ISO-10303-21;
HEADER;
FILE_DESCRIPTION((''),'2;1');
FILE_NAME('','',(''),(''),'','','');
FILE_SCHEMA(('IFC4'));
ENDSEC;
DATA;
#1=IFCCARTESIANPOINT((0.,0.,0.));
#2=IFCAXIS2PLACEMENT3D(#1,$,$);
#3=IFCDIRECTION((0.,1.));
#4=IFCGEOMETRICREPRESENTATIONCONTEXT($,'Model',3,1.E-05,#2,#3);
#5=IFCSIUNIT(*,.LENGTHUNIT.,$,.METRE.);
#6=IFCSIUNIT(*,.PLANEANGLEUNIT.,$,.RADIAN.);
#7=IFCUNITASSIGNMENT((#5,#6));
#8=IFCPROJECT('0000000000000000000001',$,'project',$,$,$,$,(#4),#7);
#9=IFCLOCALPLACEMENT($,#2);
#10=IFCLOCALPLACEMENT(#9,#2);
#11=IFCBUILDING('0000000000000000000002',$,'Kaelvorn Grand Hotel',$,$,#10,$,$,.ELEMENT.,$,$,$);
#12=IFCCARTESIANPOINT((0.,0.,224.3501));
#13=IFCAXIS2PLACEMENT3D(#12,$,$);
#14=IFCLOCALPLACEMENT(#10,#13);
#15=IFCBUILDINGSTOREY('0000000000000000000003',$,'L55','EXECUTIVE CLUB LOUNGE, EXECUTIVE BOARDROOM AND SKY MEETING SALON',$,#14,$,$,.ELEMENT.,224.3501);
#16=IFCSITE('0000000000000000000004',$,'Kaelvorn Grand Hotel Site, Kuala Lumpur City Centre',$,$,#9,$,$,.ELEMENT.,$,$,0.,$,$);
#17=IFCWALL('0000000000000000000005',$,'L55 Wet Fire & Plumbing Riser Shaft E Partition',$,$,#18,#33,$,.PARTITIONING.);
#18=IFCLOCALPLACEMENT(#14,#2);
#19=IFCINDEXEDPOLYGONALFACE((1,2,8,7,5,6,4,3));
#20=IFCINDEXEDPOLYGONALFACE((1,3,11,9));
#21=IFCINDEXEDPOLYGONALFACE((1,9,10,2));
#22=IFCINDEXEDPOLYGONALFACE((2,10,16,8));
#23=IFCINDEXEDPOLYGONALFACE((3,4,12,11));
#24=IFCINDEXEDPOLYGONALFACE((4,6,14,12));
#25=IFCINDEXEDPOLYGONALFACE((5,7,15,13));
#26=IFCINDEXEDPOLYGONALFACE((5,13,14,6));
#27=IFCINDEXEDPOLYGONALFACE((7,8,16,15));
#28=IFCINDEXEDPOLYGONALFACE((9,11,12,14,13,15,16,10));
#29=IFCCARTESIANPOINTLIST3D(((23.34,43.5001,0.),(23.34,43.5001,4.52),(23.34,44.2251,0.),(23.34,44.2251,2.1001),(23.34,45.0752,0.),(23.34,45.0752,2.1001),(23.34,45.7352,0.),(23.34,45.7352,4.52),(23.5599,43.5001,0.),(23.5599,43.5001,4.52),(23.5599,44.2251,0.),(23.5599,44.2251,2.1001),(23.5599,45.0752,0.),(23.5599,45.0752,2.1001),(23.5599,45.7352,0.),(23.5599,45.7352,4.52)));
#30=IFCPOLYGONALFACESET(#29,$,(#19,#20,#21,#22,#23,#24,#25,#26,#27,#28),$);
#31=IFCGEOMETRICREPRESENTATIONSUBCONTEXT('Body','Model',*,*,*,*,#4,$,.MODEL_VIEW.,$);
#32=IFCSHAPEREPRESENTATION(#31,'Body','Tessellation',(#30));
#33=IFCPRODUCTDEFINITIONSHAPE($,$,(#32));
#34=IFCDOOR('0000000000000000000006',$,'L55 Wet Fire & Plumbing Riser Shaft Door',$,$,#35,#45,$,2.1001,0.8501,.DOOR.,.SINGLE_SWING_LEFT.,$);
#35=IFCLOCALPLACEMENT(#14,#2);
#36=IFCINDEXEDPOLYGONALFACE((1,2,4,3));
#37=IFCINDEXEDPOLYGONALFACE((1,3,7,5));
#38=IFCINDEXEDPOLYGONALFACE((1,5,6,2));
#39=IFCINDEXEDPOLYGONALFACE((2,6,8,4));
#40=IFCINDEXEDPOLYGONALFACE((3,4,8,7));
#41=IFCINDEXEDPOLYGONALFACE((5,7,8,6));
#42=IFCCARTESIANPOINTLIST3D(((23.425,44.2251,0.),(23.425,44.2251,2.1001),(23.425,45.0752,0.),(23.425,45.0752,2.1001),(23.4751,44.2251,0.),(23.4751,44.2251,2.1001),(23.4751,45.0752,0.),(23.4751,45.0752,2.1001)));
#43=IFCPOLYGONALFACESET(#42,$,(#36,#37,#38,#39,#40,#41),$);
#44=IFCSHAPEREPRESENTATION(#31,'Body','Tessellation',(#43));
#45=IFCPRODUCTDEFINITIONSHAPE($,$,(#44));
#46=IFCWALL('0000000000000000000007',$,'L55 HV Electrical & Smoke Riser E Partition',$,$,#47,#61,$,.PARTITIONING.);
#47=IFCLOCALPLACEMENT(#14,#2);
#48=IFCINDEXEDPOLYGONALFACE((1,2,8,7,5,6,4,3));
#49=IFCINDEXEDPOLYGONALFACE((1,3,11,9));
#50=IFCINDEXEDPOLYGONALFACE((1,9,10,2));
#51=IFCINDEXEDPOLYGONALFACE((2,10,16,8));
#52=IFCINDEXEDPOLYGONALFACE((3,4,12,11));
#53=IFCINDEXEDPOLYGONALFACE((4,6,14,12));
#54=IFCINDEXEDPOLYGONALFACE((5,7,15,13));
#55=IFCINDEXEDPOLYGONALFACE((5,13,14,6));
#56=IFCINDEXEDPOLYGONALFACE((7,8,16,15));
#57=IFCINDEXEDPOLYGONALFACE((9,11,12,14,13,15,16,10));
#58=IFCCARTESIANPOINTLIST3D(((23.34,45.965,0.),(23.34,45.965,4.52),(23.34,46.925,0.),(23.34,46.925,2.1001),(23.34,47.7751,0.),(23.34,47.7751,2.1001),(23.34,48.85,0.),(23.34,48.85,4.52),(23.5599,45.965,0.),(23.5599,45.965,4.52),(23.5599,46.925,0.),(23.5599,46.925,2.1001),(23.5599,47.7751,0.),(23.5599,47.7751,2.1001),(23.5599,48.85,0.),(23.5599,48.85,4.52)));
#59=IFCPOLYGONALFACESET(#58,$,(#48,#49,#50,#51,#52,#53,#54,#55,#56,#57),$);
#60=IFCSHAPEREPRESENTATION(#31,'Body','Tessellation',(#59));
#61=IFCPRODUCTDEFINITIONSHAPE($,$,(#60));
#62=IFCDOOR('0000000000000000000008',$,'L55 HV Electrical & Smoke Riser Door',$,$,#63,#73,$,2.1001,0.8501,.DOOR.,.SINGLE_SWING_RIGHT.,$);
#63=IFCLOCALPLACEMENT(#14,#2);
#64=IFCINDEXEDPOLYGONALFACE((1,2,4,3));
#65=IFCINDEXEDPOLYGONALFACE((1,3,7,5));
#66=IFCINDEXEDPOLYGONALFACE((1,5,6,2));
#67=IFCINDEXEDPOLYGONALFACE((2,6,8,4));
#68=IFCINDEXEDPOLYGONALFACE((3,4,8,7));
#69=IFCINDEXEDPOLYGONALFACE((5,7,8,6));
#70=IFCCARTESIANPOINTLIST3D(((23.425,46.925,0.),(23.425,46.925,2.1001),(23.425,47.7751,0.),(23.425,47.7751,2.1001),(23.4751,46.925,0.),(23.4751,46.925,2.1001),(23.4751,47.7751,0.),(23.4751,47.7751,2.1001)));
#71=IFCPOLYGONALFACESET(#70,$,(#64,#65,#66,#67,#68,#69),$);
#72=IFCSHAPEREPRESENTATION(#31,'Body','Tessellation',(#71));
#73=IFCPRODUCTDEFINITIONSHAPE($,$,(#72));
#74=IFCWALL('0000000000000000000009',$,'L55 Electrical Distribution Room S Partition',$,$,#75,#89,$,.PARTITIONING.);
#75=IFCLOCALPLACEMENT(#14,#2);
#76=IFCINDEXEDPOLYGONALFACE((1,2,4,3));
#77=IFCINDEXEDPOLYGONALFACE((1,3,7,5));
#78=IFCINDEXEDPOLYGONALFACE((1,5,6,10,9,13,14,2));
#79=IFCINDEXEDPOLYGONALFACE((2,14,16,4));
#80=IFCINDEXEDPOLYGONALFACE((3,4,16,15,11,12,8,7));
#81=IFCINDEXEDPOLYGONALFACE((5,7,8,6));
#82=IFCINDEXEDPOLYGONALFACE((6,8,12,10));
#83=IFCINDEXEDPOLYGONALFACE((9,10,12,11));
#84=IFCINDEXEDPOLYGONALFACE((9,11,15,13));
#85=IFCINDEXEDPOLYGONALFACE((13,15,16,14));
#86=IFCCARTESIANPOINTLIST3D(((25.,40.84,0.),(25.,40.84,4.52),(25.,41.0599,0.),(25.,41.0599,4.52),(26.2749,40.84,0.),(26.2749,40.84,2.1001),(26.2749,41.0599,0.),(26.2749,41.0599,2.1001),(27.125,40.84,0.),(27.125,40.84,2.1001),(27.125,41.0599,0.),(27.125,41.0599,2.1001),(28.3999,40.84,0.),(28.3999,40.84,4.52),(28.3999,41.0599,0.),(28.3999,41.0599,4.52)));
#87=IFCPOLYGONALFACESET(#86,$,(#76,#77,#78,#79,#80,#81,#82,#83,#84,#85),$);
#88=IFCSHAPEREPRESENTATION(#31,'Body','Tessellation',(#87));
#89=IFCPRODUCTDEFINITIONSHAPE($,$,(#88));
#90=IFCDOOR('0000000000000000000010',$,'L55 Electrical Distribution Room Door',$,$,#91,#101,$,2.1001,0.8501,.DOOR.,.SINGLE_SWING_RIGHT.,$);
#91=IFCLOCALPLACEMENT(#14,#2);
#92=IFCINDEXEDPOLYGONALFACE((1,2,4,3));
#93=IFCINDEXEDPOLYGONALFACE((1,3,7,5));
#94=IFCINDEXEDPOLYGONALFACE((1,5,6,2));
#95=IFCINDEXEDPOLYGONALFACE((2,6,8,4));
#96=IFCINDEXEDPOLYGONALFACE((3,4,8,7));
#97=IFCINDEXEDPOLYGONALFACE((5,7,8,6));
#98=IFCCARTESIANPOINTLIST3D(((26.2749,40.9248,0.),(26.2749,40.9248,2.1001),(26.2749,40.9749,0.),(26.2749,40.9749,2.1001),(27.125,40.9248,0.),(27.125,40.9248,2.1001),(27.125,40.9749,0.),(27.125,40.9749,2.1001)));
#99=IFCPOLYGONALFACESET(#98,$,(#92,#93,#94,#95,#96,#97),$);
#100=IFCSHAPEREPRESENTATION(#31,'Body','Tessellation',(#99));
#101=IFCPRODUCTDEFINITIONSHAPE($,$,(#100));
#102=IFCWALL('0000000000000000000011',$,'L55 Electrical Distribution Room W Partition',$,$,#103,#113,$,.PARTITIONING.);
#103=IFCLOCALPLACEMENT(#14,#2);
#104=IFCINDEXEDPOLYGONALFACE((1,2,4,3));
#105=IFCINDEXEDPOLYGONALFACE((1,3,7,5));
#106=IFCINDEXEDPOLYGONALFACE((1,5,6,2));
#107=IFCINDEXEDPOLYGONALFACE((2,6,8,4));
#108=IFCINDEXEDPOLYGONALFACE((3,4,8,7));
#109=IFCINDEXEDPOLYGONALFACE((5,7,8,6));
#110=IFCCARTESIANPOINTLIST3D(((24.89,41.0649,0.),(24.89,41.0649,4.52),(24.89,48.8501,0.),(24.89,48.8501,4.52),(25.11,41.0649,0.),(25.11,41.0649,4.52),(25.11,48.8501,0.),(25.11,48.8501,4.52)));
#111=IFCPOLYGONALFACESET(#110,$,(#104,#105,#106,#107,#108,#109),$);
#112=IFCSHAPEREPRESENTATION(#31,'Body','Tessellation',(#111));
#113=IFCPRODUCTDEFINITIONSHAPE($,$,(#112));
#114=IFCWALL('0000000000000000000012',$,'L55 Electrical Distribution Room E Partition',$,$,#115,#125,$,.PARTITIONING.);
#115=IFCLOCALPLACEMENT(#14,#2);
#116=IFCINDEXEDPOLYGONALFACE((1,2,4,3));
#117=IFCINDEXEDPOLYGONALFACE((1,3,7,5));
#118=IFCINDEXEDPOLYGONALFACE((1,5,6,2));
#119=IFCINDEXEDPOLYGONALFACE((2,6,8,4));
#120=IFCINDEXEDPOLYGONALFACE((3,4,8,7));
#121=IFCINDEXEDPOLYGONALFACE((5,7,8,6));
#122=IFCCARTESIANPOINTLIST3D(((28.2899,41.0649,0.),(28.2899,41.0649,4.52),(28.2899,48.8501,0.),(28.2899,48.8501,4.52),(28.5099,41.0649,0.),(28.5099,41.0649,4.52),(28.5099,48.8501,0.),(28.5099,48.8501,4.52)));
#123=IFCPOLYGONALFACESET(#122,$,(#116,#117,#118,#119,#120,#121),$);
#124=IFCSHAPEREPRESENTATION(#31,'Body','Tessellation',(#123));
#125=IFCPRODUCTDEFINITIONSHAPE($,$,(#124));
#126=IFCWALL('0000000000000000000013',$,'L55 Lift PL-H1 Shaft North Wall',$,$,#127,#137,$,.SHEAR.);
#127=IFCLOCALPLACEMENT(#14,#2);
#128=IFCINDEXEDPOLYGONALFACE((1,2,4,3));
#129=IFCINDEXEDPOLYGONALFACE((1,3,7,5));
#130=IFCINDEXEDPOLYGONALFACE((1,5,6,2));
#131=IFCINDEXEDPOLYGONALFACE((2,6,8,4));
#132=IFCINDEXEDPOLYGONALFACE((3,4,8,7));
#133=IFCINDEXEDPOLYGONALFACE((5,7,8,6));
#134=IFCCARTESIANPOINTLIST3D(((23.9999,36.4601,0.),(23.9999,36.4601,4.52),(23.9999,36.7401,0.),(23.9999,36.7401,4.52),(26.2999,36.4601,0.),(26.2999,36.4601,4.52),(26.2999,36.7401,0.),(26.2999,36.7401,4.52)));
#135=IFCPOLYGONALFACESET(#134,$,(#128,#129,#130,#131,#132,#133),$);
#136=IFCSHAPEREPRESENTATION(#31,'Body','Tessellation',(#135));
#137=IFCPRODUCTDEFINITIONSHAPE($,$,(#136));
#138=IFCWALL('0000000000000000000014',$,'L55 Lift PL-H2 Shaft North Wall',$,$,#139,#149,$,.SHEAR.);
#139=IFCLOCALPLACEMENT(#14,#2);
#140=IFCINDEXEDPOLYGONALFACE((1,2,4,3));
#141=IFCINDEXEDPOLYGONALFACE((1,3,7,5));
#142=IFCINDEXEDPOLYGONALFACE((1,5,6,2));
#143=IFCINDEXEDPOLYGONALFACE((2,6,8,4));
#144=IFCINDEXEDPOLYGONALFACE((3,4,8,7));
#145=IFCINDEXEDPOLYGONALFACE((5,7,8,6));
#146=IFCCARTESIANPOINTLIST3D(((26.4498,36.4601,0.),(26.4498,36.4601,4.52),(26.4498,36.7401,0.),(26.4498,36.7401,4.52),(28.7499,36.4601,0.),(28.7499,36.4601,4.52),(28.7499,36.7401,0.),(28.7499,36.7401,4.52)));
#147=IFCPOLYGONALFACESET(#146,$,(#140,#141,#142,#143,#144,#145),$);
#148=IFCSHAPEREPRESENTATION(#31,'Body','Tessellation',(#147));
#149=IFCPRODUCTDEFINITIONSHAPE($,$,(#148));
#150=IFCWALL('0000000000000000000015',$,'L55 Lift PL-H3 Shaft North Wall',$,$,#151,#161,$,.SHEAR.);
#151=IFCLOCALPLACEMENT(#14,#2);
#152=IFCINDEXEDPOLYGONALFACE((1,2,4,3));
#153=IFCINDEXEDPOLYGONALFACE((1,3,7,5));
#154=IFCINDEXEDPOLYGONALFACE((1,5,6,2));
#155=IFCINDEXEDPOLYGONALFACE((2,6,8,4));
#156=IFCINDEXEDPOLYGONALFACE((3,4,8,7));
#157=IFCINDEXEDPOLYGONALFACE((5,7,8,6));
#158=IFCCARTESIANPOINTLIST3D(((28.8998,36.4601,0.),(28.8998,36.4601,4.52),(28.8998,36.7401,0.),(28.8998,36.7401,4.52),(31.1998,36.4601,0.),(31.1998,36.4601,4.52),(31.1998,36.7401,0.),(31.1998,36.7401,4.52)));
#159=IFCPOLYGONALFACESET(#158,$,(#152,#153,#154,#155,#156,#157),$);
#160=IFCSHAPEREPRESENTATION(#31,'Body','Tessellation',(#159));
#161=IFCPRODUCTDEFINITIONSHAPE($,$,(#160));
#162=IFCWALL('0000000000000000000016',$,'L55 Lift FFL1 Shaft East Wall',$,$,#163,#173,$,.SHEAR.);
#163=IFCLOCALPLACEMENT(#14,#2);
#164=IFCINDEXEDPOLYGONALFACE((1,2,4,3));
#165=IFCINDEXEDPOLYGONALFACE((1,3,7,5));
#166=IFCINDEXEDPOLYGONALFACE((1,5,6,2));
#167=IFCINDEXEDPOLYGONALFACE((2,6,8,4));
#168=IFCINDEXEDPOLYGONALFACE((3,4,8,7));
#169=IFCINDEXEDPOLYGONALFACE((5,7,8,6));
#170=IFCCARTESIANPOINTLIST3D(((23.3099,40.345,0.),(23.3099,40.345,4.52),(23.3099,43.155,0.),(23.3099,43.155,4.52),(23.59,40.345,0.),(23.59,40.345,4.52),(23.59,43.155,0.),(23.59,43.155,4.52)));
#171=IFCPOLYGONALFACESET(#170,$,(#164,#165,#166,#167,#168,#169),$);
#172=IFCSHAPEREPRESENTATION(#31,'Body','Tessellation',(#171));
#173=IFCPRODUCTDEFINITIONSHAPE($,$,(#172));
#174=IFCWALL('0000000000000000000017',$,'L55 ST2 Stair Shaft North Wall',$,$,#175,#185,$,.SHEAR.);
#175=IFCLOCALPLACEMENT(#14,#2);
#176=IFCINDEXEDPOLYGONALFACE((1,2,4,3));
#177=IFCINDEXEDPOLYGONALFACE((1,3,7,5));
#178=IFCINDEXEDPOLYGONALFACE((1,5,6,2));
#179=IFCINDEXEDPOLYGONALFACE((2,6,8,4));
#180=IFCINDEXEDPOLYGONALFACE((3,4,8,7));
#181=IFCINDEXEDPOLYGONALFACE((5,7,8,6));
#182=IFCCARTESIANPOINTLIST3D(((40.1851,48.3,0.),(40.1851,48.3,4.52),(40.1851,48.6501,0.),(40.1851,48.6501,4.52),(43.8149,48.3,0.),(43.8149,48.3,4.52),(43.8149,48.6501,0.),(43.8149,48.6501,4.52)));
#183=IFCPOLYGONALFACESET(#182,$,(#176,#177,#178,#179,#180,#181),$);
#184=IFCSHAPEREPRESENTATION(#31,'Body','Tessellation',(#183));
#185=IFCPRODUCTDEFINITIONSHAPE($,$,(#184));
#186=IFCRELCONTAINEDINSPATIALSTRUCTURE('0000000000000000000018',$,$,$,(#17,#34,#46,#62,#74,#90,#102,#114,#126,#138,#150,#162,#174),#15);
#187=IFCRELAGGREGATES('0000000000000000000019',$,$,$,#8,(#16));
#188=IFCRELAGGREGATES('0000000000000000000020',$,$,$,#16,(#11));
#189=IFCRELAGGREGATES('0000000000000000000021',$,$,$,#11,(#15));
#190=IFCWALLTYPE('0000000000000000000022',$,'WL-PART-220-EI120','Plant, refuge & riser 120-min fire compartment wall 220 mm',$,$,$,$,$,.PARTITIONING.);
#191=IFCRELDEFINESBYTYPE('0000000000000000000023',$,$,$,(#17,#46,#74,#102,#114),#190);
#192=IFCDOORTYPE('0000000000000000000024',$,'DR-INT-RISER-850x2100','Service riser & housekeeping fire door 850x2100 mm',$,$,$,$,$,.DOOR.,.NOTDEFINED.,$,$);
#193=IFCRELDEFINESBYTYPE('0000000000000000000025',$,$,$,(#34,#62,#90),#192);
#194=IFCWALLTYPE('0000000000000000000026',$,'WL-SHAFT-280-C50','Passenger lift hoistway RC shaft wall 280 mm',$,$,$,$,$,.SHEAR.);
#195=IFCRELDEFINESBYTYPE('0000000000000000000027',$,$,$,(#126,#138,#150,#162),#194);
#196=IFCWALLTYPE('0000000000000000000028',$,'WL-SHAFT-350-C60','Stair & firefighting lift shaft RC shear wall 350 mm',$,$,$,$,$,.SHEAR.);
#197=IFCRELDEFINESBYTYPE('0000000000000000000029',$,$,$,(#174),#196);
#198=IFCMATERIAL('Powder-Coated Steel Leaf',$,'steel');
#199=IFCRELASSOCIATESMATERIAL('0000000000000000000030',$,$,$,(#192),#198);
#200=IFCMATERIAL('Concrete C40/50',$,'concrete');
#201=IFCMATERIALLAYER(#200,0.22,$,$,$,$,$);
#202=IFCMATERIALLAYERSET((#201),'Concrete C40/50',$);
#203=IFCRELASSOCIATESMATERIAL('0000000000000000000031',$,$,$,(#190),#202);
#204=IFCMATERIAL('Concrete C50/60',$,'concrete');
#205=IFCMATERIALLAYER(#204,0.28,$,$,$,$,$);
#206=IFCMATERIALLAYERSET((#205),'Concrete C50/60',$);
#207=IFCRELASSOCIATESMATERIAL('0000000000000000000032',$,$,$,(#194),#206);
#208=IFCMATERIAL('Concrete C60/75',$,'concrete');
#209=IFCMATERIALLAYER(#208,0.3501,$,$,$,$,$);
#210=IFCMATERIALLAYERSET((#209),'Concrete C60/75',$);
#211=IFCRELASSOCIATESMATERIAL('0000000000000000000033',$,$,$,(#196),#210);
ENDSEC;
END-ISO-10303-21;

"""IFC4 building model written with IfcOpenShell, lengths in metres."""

from ifc_helpers import new_model, si_unit, direction, frame, frame_2d, origin, place, context, subcontext, project, spatial, rectangle, extrude, material, layer, layer_set, type_object, element, fill, save


model = new_model("IFC4")

# Units and contexts
model_context = context("Model", 3, precision=1e-05, world=origin(), true_north=direction((0.0, 1.0)))
body_context = subcontext(model_context, "Body", "Model", "MODEL_VIEW")
ifc_project = project(units=[si_unit("LENGTHUNIT", "METRE"), si_unit("PLANEANGLEUNIT", "RADIAN")], contexts=[model_context])

# Site, building, storey
site_placement = place(None, origin())
site = spatial("IfcSite", under=ifc_project, at=site_placement, Name="Kaelvorn Grand Hotel Site, Kuala Lumpur City Centre", CompositionType="ELEMENT", RefElevation=0.0)
building_placement = place(site_placement, origin())
building = spatial("IfcBuilding", under=site, at=building_placement, Name="Kaelvorn Grand Hotel", CompositionType="ELEMENT")
storey_placement = place(building_placement, frame((0.0, 0.0, 224.3501)))
storey = spatial("IfcBuildingStorey", under=building, at=storey_placement, Name="L55", Description="EXECUTIVE CLUB LOUNGE, EXECUTIVE BOARDROOM AND SKY MEETING SALON", CompositionType="ELEMENT", Elevation=224.3501)

# Shared definitions
ifc_material_1 = material(Name="Concrete C60/75", Category="concrete")

# Shared definitions
ifc_material_2 = material(Name="Concrete C50/60", Category="concrete")

# Shared definitions
ifc_material_3 = material(Name="Powder-Coated Steel Leaf", Category="steel")
door_type_1 = type_object("IfcDoorType", Name="DR-INT-RISER-850x2100", Description="Service riser & housekeeping fire door 850x2100 mm", OperationType="NOTDEFINED", PredefinedType="DOOR", material=ifc_material_3)

# Walls, openings, doors
ifc_material_4 = material(Name="Concrete C40/50", Category="concrete")
ifc_layer_1 = layer(ifc_material_4, 0.22)
ifc_layer_set_1 = layer_set([ifc_layer_1], Name="Concrete C40/50")
wall_type_1 = type_object("IfcWallType", Name="WL-PART-220-EI120", Description="Plant, refuge & riser 120-min fire compartment wall 220 mm", PredefinedType="PARTITIONING", material=ifc_layer_set_1)
wall_1_placement = place(storey_placement, frame((23.45, 43.5, 0.0), z_axis=(0.0, 0.0, 1.0), x_axis=(0.0, 1.0, 0.0)))
wall_1 = element("IfcWall", 1, at=wall_1_placement, inside=storey, type_object=wall_type_1, Name="L55 Wet Fire & Plumbing Riser Shaft E Partition", PredefinedType="PARTITIONING", context=body_context, shape_type="SweptSolid", body=[
    extrude(rectangle(XDim=2.2351, YDim=0.22, at=frame_2d((1.1177, 0.0))), origin(), (0.0, 0.0, 1.0), 4.52),
])
opening_1_placement = place(wall_1_placement, frame((0.7251, 0.0, 0.0)))
opening_1 = element("IfcOpeningElement", 2, at=opening_1_placement, cuts=wall_1, PredefinedType="OPENING", context=body_context, shape_type="SweptSolid", body=[
    extrude(rectangle(XDim=0.8501, YDim=2.1001, at=frame_2d((0.425, 1.05))), frame((0.0, 0.1201, 0.0), z_axis=(0.0, -1.0, 0.0), x_axis=(1.0, 0.0, 0.0)), (0.0, 0.0, 1.0), 0.24),
])
door_1_placement = place(opening_1_placement, origin())
door_1 = element("IfcDoor", 3, at=door_1_placement, inside=storey, type_object=door_type_1, Name="L55 Wet Fire & Plumbing Riser Shaft Door", OperationType="SINGLE_SWING_LEFT", OverallHeight=2.1001, OverallWidth=0.8501, PredefinedType="DOOR", context=body_context, shape_type="SweptSolid", body=[
    extrude(rectangle(XDim=0.8501, YDim=2.1001, at=frame_2d((0.425, 1.05))), frame((0.0, 0.0249, 0.0), z_axis=(0.0, -1.0, 0.0), x_axis=(1.0, 0.0, 0.0)), (0.0, 0.0, 1.0), 0.05),
])
fill(opening_1, door_1)
wall_2_placement = place(storey_placement, frame((23.45, 45.9651, 0.0), z_axis=(0.0, 0.0, 1.0), x_axis=(0.0, 1.0, 0.0)))
wall_2 = element("IfcWall", 4, at=wall_2_placement, inside=storey, type_object=wall_type_1, Name="L55 HV Electrical & Smoke Riser E Partition", PredefinedType="PARTITIONING", context=body_context, shape_type="SweptSolid", body=[
    extrude(rectangle(XDim=2.885, YDim=0.22, at=frame_2d((1.4424, 0.0))), origin(), (0.0, 0.0, 1.0), 4.52),
])
opening_2_placement = place(wall_2_placement, frame((0.96, 0.0, 0.0)))
opening_2 = element("IfcOpeningElement", 5, at=opening_2_placement, cuts=wall_2, PredefinedType="OPENING", context=body_context, shape_type="SweptSolid", body=[
    extrude(rectangle(XDim=0.8501, YDim=2.1001, at=frame_2d((0.425, 1.05))), frame((0.0, 0.1201, 0.0), z_axis=(0.0, -1.0, 0.0), x_axis=(1.0, 0.0, 0.0)), (0.0, 0.0, 1.0), 0.24),
])
door_2_placement = place(opening_2_placement, origin())
door_2 = element("IfcDoor", 6, at=door_2_placement, inside=storey, type_object=door_type_1, Name="L55 HV Electrical & Smoke Riser Door", OperationType="SINGLE_SWING_RIGHT", OverallHeight=2.1001, OverallWidth=0.8501, PredefinedType="DOOR", context=body_context, shape_type="SweptSolid", body=[
    extrude(rectangle(XDim=0.8501, YDim=2.1001, at=frame_2d((0.425, 1.05))), frame((0.0, 0.0249, 0.0), z_axis=(0.0, -1.0, 0.0), x_axis=(1.0, 0.0, 0.0)), (0.0, 0.0, 1.0), 0.05),
])
fill(opening_2, door_2)
wall_3_placement = place(storey_placement, frame((25.0, 40.95, 0.0), z_axis=(0.0, 0.0, 1.0), x_axis=(1.0, 0.0, 0.0)))
wall_3 = element("IfcWall", 7, at=wall_3_placement, inside=storey, type_object=wall_type_1, Name="L55 Electrical Distribution Room S Partition", PredefinedType="PARTITIONING", context=body_context, shape_type="SweptSolid", body=[
    extrude(rectangle(XDim=3.3999, YDim=0.22, at=frame_2d((1.7, 0.0))), origin(), (0.0, 0.0, 1.0), 4.52),
])
opening_3_placement = place(wall_3_placement, frame((1.2749, 0.0, 0.0)))
opening_3 = element("IfcOpeningElement", 8, at=opening_3_placement, cuts=wall_3, PredefinedType="OPENING", context=body_context, shape_type="SweptSolid", body=[
    extrude(rectangle(XDim=0.8501, YDim=2.1001, at=frame_2d((0.425, 1.05))), frame((0.0, 0.1201, 0.0), z_axis=(0.0, -1.0, 0.0), x_axis=(1.0, 0.0, 0.0)), (0.0, 0.0, 1.0), 0.24),
])
door_3_placement = place(opening_3_placement, origin())
door_3 = element("IfcDoor", 9, at=door_3_placement, inside=storey, type_object=door_type_1, Name="L55 Electrical Distribution Room Door", OperationType="SINGLE_SWING_RIGHT", OverallHeight=2.1001, OverallWidth=0.8501, PredefinedType="DOOR", context=body_context, shape_type="SweptSolid", body=[
    extrude(rectangle(XDim=0.8501, YDim=2.1001, at=frame_2d((0.425, 1.05))), frame((0.0, 0.0249, 0.0), z_axis=(0.0, -1.0, 0.0), x_axis=(1.0, 0.0, 0.0)), (0.0, 0.0, 1.0), 0.05),
])
fill(opening_3, door_3)

# Walls
for number, where, z_axis, x_axis, name in (
    (10, (25.0, 41.0649, 0.0), (0.0, 0.0, 1.0), (0.0, 1.0, 0.0), "L55 Electrical Distribution Room W Partition"),
    (11, (28.3999, 41.0649, 0.0), (0.0, 0.0, 1.0), (0.0, 1.0, 0.0), "L55 Electrical Distribution Room E Partition"),
):
    element("IfcWall", number, at=place(storey_placement, frame(where, z_axis=z_axis, x_axis=x_axis)), inside=storey, type_object=wall_type_1, Name=name, PredefinedType="PARTITIONING", context=body_context, shape_type="SweptSolid", body=[
        extrude(rectangle(XDim=7.7852, YDim=0.22, at=frame_2d((3.8926, 0.0))), origin(), (0.0, 0.0, 1.0), 4.52),
    ])
ifc_layer_2 = layer(ifc_material_2, 0.28)
ifc_layer_set_2 = layer_set([ifc_layer_2], Name="Concrete C50/60")
wall_type_2 = type_object("IfcWallType", Name="WL-SHAFT-280-C50", Description="Passenger lift hoistway RC shaft wall 280 mm", PredefinedType="SHEAR", material=ifc_layer_set_2)
for number, where, z_axis, x_axis, name in (
    (12, (24.0, 36.6001, 0.0), (0.0, 0.0, 1.0), (1.0, 0.0, 0.0), "L55 Lift PL-H1 Shaft North Wall"),
    (13, (26.45, 36.6001, 0.0), (0.0, 0.0, 1.0), (1.0, 0.0, 0.0), "L55 Lift PL-H2 Shaft North Wall"),
    (14, (28.8999, 36.6001, 0.0), (0.0, 0.0, 1.0), (1.0, 0.0, 0.0), "L55 Lift PL-H3 Shaft North Wall"),
):
    element("IfcWall", number, at=place(storey_placement, frame(where, z_axis=z_axis, x_axis=x_axis)), inside=storey, type_object=wall_type_2, Name=name, PredefinedType="SHEAR", context=body_context, shape_type="SweptSolid", body=[
        extrude(rectangle(XDim=2.3, YDim=0.28, at=frame_2d((1.1499, 0.0))), origin(), (0.0, 0.0, 1.0), 4.52),
    ])
wall_4_placement = place(storey_placement, frame((23.45, 40.345, 0.0), z_axis=(0.0, 0.0, 1.0), x_axis=(0.0, 1.0, 0.0)))
element("IfcWall", 15, at=wall_4_placement, inside=storey, type_object=wall_type_2, Name="L55 Lift FFL1 Shaft East Wall", PredefinedType="SHEAR", context=body_context, shape_type="SweptSolid", body=[
    extrude(rectangle(XDim=2.8101, YDim=0.28, at=frame_2d((1.405, 0.0))), origin(), (0.0, 0.0, 1.0), 4.52),
])

# Shared definitions
ifc_layer_3 = layer(ifc_material_1, 0.3501)
ifc_layer_set_3 = layer_set([ifc_layer_3], Name="Concrete C60/75")
wall_type_3 = type_object("IfcWallType", Name="WL-SHAFT-350-C60", Description="Stair & firefighting lift shaft RC shear wall 350 mm", PredefinedType="SHEAR", material=ifc_layer_set_3)

# Wall
wall_5_placement = place(storey_placement, frame((40.1851, 48.4751, 0.0), z_axis=(0.0, 0.0, 1.0), x_axis=(1.0, 0.0, 0.0)))
element("IfcWall", 16, at=wall_5_placement, inside=storey, type_object=wall_type_3, Name="L55 ST2 Stair Shaft North Wall", PredefinedType="SHEAR", context=body_context, shape_type="SweptSolid", body=[
    extrude(rectangle(XDim=3.6299, YDim=0.3501, at=frame_2d((1.8149, 0.0))), origin(), (0.0, 0.0, 1.0), 4.52),
])

save(model, "model.ifc")
